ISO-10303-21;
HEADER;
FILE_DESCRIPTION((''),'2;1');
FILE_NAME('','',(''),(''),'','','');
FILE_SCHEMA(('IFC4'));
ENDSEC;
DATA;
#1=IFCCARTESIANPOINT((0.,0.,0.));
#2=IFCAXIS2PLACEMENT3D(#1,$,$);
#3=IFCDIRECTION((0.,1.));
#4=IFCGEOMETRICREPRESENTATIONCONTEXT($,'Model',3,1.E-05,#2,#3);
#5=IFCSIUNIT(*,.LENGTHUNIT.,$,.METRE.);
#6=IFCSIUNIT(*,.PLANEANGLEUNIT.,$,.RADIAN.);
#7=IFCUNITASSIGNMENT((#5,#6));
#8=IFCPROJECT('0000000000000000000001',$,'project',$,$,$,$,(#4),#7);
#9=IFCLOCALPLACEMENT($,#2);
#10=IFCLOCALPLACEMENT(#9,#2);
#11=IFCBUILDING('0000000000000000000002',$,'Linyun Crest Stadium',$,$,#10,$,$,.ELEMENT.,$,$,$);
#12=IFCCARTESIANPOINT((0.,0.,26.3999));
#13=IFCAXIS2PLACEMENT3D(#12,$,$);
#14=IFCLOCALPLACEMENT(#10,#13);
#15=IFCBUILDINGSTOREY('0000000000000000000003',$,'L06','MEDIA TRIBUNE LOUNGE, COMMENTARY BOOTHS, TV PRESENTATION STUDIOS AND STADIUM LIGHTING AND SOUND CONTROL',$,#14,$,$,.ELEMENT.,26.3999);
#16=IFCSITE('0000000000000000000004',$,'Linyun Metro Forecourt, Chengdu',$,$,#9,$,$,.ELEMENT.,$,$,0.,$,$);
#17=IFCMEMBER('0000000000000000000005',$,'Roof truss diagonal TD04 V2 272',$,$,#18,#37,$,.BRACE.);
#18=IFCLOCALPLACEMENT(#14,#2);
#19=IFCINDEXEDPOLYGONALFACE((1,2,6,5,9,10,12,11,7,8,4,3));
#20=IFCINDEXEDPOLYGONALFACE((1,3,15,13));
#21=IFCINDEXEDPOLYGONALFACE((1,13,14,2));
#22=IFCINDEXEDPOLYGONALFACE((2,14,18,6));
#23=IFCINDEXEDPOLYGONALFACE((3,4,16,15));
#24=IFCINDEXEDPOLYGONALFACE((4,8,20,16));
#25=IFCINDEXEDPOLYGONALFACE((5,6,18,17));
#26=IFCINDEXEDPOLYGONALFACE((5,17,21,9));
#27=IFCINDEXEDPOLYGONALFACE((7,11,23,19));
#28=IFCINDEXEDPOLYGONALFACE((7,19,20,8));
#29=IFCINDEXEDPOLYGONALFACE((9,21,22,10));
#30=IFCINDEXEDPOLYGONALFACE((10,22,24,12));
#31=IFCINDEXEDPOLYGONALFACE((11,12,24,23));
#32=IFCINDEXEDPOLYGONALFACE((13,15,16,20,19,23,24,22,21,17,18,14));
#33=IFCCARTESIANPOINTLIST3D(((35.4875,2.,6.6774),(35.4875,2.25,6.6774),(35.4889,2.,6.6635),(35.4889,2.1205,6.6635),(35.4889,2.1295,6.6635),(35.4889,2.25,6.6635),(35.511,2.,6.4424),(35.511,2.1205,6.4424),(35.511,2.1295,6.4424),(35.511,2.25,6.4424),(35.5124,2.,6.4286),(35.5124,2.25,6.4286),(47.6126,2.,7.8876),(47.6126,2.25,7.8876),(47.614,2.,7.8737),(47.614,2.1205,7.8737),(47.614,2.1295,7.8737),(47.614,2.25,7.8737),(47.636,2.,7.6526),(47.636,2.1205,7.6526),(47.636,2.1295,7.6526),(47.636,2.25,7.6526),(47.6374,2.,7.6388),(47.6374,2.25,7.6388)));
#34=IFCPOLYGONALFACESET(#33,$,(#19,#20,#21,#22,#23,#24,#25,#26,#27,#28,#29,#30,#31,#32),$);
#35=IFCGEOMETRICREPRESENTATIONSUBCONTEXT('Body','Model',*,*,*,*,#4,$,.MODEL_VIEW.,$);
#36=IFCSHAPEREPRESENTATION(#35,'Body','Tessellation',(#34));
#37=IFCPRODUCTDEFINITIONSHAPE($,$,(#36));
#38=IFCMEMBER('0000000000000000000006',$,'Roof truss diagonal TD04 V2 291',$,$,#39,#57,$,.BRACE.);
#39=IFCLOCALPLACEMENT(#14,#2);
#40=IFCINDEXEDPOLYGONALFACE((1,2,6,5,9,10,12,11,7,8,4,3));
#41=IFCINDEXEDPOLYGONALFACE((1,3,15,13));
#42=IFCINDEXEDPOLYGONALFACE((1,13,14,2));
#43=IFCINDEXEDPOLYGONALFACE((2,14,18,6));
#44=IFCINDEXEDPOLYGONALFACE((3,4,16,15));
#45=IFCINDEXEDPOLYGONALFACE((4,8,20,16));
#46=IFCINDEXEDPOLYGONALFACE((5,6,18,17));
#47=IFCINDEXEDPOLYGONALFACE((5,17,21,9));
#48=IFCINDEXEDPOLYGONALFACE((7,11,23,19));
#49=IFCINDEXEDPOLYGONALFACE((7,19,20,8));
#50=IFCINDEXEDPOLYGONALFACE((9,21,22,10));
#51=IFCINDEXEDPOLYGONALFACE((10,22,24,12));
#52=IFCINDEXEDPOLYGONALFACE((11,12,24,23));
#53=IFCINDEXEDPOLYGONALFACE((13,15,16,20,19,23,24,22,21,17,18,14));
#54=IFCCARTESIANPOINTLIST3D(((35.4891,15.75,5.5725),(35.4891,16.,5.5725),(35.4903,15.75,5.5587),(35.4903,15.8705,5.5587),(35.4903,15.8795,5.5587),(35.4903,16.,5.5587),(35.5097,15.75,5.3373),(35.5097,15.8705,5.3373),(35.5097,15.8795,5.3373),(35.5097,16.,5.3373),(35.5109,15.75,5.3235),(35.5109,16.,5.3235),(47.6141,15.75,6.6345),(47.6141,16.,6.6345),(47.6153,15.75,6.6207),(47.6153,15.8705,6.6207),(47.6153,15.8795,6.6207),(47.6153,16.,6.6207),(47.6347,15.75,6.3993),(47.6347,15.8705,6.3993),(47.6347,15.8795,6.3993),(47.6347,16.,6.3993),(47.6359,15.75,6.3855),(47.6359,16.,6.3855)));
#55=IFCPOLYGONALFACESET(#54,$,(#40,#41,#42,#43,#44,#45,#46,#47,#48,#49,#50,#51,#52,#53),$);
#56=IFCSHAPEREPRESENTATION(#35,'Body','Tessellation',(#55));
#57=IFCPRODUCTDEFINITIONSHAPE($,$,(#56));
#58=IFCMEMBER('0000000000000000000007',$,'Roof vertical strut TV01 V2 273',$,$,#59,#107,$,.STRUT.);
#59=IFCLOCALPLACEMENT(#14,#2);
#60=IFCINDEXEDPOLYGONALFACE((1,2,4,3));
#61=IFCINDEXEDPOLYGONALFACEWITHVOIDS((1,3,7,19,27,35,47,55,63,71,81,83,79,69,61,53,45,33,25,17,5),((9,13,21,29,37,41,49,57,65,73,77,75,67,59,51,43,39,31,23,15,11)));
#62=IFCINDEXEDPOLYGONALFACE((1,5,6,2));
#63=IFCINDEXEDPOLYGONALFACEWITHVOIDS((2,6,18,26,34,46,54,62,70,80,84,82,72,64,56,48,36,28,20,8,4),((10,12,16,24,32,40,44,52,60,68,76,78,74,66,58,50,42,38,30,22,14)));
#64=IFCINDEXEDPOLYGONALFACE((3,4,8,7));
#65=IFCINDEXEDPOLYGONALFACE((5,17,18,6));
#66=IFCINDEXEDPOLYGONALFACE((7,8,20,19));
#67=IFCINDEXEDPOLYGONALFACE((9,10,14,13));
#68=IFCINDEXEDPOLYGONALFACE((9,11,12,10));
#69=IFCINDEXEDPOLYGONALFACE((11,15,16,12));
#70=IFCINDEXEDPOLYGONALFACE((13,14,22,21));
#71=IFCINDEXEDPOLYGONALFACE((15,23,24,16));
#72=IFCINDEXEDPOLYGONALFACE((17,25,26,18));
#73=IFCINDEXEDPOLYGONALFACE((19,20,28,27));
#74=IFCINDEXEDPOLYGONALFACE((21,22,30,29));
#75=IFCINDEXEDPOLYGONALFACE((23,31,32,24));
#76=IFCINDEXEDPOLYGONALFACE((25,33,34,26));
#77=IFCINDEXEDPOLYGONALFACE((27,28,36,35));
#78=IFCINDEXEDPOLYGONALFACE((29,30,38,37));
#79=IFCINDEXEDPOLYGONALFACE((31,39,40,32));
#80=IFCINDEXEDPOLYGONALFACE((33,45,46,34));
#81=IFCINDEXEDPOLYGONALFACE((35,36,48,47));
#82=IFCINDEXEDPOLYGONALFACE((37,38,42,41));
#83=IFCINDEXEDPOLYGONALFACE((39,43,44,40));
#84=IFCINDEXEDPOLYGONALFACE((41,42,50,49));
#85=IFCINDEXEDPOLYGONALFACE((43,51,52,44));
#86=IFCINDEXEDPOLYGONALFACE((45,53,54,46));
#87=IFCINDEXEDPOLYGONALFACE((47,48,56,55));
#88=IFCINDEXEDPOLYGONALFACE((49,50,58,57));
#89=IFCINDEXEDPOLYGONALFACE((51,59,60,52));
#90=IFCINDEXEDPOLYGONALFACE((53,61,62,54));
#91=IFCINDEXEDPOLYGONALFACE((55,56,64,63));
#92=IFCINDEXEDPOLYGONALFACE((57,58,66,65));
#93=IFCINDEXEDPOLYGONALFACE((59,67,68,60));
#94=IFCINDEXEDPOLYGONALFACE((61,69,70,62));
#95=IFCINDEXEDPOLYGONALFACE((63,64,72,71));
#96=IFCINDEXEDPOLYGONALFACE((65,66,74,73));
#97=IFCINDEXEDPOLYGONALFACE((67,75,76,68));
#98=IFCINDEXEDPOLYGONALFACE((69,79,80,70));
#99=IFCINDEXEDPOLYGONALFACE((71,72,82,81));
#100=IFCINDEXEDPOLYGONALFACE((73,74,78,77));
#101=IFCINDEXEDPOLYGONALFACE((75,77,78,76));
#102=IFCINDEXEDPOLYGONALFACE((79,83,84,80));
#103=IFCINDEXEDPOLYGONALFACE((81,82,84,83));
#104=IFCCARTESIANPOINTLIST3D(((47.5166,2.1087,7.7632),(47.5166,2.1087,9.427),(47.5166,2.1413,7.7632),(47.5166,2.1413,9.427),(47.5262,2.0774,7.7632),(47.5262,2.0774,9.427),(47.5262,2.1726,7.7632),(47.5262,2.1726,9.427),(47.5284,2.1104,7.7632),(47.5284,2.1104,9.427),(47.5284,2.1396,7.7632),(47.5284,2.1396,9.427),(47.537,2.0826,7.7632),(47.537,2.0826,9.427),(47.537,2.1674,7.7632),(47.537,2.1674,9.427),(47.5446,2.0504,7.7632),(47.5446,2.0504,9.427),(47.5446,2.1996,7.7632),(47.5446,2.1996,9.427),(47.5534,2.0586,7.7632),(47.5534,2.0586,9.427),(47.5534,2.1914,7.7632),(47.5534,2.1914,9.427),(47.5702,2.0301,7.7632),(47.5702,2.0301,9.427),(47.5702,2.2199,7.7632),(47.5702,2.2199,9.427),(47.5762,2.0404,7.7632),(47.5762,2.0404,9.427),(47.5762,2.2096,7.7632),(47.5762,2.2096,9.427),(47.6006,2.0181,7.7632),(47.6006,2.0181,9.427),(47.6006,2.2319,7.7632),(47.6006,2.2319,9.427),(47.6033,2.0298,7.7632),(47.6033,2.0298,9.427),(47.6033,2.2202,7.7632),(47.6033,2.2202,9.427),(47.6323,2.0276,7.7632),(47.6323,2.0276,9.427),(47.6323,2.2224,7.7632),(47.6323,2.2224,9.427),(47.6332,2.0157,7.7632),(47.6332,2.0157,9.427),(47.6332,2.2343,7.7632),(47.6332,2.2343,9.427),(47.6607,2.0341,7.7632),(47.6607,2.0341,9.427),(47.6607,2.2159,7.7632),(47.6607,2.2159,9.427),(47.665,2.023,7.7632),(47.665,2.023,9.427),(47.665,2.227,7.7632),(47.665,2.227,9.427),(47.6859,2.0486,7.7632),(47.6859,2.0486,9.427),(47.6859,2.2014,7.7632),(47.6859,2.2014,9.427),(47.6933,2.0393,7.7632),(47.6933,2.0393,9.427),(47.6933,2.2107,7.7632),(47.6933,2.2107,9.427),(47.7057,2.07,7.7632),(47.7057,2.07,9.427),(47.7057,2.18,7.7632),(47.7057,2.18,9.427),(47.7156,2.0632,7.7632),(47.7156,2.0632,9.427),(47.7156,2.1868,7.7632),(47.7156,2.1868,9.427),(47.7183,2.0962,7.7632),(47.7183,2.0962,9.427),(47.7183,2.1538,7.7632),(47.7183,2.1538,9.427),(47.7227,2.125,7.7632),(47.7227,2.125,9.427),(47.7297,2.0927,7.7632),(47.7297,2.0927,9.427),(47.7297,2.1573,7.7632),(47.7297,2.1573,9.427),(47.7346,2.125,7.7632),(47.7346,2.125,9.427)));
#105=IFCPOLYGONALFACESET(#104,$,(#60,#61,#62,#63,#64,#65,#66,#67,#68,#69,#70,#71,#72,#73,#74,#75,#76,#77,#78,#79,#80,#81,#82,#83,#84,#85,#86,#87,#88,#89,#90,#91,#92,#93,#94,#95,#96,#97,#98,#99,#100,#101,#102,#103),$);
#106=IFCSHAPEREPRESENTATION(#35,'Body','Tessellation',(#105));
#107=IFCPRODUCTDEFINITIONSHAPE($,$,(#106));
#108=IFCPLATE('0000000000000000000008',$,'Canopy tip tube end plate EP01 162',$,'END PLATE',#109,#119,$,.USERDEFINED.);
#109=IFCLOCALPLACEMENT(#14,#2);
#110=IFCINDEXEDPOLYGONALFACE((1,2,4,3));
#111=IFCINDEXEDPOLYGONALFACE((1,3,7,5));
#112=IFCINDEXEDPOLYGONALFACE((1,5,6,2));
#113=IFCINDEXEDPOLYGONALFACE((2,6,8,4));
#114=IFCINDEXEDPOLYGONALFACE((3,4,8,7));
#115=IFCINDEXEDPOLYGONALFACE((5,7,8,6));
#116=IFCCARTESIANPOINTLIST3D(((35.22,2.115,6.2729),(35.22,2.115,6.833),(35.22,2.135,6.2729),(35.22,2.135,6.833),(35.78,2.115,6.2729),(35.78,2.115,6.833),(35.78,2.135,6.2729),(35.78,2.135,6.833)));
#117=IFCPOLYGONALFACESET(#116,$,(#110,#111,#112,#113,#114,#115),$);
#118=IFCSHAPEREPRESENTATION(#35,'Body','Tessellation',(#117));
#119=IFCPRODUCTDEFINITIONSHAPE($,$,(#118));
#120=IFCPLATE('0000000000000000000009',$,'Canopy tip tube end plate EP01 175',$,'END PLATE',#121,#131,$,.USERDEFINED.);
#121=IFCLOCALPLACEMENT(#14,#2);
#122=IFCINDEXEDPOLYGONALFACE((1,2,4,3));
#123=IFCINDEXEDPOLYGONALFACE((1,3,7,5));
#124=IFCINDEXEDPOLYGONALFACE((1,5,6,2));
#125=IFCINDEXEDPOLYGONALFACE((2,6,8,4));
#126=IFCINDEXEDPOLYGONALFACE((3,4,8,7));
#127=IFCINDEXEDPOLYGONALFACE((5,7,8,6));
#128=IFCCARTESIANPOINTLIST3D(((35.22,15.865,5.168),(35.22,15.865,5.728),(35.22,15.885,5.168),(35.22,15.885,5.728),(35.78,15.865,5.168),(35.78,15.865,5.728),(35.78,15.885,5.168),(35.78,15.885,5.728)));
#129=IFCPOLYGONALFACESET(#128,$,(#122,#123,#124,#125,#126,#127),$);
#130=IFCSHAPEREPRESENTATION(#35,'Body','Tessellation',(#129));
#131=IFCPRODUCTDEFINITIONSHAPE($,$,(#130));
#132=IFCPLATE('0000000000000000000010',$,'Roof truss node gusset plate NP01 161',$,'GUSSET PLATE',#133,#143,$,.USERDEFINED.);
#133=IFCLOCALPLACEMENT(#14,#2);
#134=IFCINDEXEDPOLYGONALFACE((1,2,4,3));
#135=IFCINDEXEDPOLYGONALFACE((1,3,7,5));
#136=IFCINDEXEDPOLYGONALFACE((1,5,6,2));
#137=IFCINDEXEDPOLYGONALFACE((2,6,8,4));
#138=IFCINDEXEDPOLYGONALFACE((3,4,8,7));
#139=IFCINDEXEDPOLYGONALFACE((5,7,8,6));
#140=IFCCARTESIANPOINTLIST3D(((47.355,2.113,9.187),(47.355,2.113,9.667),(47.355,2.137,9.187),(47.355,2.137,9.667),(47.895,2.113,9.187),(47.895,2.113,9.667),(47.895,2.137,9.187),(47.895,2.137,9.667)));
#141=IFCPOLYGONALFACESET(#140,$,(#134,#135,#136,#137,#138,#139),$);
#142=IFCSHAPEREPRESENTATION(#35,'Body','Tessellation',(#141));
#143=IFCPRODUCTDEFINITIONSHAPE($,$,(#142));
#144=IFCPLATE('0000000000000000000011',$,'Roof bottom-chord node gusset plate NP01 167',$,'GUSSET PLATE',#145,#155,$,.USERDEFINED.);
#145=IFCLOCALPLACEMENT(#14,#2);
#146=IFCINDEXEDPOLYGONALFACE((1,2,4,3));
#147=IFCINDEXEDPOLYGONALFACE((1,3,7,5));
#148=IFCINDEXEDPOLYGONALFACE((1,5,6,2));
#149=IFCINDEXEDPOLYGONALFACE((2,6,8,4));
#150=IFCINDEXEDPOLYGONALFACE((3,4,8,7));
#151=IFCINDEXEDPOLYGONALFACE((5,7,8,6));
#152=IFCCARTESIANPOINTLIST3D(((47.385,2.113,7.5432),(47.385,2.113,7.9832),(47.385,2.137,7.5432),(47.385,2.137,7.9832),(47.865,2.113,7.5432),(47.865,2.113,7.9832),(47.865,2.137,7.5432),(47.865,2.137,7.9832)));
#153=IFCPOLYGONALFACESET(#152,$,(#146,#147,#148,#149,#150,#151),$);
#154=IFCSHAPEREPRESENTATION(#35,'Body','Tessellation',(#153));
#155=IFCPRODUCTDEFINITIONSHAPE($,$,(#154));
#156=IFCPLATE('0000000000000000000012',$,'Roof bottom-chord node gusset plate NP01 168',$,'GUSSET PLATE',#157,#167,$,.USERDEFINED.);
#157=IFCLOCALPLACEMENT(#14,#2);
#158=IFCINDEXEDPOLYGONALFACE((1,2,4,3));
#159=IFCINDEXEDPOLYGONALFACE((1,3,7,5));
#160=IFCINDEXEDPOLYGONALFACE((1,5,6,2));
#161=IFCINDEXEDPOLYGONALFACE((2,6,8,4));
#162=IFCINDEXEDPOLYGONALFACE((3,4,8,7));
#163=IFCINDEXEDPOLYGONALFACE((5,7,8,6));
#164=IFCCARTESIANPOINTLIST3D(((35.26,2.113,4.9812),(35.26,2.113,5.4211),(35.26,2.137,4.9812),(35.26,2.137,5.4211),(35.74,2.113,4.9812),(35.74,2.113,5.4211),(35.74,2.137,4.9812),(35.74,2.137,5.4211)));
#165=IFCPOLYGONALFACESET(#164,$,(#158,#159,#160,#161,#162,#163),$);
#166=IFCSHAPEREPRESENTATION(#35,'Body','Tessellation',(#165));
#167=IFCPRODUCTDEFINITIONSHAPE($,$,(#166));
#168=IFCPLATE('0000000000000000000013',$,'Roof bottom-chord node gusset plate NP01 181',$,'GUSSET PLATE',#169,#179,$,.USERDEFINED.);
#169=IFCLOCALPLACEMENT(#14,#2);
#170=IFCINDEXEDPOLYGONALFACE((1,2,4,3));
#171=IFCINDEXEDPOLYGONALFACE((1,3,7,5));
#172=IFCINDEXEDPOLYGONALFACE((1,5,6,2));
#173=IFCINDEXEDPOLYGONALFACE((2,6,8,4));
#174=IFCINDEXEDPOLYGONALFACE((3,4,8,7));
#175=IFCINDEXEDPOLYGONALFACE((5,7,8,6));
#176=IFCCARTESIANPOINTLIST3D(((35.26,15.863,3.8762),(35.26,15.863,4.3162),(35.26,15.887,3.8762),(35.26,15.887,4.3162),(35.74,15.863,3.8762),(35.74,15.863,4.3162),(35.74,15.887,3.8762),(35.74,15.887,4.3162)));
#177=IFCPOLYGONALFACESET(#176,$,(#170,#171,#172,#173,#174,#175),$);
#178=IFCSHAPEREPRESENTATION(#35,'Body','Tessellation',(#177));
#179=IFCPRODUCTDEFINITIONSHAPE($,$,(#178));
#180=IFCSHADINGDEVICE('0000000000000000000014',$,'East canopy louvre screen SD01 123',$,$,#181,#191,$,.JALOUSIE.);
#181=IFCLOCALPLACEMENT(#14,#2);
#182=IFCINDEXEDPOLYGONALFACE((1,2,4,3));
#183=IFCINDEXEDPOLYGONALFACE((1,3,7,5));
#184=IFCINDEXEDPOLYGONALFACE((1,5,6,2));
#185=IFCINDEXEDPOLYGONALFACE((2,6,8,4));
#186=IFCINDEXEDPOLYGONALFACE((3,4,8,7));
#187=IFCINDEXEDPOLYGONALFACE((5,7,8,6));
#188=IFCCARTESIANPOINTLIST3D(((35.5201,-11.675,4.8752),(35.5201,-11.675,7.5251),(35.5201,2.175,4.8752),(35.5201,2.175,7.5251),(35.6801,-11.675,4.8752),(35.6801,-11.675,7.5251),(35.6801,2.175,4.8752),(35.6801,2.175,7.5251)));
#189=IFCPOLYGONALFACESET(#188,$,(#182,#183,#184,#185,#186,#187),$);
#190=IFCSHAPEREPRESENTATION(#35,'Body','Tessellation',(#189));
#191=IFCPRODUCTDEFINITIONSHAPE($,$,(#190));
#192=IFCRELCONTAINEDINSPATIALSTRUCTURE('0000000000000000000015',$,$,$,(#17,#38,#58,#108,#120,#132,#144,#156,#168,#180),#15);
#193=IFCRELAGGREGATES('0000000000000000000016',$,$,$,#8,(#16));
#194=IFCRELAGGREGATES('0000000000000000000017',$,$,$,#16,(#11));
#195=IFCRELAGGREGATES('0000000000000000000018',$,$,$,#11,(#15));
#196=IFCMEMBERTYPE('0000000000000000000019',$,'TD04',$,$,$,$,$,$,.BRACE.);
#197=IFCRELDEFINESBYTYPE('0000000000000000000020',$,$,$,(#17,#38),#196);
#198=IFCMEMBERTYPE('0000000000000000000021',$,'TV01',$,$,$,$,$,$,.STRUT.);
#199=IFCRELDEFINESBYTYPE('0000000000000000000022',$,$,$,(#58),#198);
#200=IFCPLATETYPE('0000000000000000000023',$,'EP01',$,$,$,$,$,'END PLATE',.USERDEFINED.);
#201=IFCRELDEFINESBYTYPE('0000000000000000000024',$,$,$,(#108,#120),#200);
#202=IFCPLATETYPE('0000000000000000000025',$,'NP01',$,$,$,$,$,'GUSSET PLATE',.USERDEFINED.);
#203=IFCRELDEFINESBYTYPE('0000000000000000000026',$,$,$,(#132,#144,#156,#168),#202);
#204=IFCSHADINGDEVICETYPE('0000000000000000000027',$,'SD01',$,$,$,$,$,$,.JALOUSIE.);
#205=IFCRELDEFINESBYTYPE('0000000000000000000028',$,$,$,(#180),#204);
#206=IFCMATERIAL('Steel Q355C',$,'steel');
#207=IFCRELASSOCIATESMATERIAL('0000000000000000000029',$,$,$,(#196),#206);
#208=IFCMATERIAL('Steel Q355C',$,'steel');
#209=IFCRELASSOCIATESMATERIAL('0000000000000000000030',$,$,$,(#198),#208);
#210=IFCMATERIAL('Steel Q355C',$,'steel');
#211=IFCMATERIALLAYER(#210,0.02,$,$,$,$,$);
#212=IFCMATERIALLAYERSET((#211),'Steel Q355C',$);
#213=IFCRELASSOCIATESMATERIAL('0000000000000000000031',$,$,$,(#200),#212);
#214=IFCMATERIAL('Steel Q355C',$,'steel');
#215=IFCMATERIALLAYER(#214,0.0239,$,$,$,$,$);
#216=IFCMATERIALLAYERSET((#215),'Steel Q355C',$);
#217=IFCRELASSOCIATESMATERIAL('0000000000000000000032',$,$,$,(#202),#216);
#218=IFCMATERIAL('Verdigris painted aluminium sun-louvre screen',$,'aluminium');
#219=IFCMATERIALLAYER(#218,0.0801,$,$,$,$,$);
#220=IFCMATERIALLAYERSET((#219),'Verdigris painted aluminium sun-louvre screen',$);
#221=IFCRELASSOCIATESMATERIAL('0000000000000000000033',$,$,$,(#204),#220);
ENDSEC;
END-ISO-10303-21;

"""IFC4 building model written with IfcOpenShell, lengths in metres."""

from ifc_helpers import new_model, si_unit, direction, frame, origin, origin_2d, place, context, subcontext, project, spatial, rectangle, hollow_circle, i_section, extrude, material, layer, layer_set, material_profile, profile_set, type_object, element, save


model = new_model("IFC4")

# Units and contexts
model_context = context("Model", 3, precision=1e-05, world=origin(), true_north=direction((0.0, 1.0)))
body_context = subcontext(model_context, "Body", "Model", "MODEL_VIEW")
ifc_project = project(units=[si_unit("LENGTHUNIT", "METRE"), si_unit("PLANEANGLEUNIT", "RADIAN")], contexts=[model_context])

# Site, building, storey
site_placement = place(None, origin())
site = spatial("IfcSite", under=ifc_project, at=site_placement, Name="Linyun Metro Forecourt, Chengdu", CompositionType="ELEMENT", RefElevation=0.0)
building_placement = place(site_placement, origin())
building = spatial("IfcBuilding", under=site, at=building_placement, Name="Linyun Crest Stadium", CompositionType="ELEMENT")
storey_placement = place(building_placement, frame((0.0, 0.0, 26.3999)))
storey = spatial("IfcBuildingStorey", under=building, at=storey_placement, Name="L06", Description="MEDIA TRIBUNE LOUNGE, COMMENTARY BOOTHS, TV PRESENTATION STUDIOS AND STADIUM LIGHTING AND SOUND CONTROL", CompositionType="ELEMENT", Elevation=26.3999)

# Members
ifc_material_1 = material(Name="Steel Q355C", Category="steel")
ifc_material_profile_1 = material_profile(ifc_material_1, i_section(OverallWidth=0.25, OverallDepth=0.25, WebThickness=0.009, FlangeThickness=0.0139, at=origin_2d()), Name="HW 250x250")
ifc_profile_set_1 = profile_set([ifc_material_profile_1], Name="Steel Q355C")
member_type_1 = type_object("IfcMemberType", Name="TD04", PredefinedType="BRACE", material=ifc_profile_set_1)
member_1_placement = place(storey_placement, frame((47.625, 2.125, 7.7632), z_axis=(-0.995056, 0.0, -0.099317), x_axis=(0.0, -1.0, 0.0)))
element("IfcMember", 1, at=member_1_placement, inside=storey, type_object=member_type_1, Name="Roof truss diagonal TD04 V2 272", PredefinedType="BRACE", context=body_context, shape_type="SweptSolid", body=[
    extrude(i_section(OverallWidth=0.25, OverallDepth=0.25, WebThickness=0.009, FlangeThickness=0.0139, at=origin_2d()), origin(), (0.0, 0.0, 1.0), 12.1853),
])
member_2_placement = place(storey_placement, frame((47.625, 15.875, 6.51), z_axis=(-0.996186, 0.0, -0.087255), x_axis=(0.0, -1.0, 0.0)))
element("IfcMember", 2, at=member_2_placement, inside=storey, type_object=member_type_1, Name="Roof truss diagonal TD04 V2 291", PredefinedType="BRACE", context=body_context, shape_type="SweptSolid", body=[
    extrude(i_section(OverallWidth=0.25, OverallDepth=0.25, WebThickness=0.009, FlangeThickness=0.0139, at=origin_2d()), origin(), (0.0, 0.0, 1.0), 12.1714),
])
ifc_material_2 = material(Name="Steel Q355C", Category="steel")
ifc_material_profile_2 = material_profile(ifc_material_2, hollow_circle(Radius=0.1096, WallThickness=0.012, at=origin_2d()), Name="CHS 219x12")
ifc_profile_set_2 = profile_set([ifc_material_profile_2], Name="Steel Q355C")
member_type_2 = type_object("IfcMemberType", Name="TV01", PredefinedType="STRUT", material=ifc_profile_set_2)
member_3_placement = place(storey_placement, frame((47.625, 2.125, 7.7632), z_axis=(0.0, 0.0, 1.0), x_axis=(1.0, 0.0, 0.0)))
element("IfcMember", 3, at=member_3_placement, inside=storey, type_object=member_type_2, Name="Roof vertical strut TV01 V2 273", PredefinedType="STRUT", context=body_context, shape_type="SweptSolid", body=[
    extrude(hollow_circle(Radius=0.1096, WallThickness=0.012, at=origin_2d()), origin(), (0.0, 0.0, 1.0), 1.6638),
])

# Plates
ifc_material_3 = material(Name="Steel Q355C", Category="steel")
ifc_layer_1 = layer(ifc_material_3, 0.02)
ifc_layer_set_1 = layer_set([ifc_layer_1], Name="Steel Q355C")
plate_type_1 = type_object("IfcPlateType", Name="EP01", ElementType="END PLATE", PredefinedType="USERDEFINED", material=ifc_layer_set_1)
for number, where, z_axis, x_axis, name in (
    (4, (35.5, 2.125, 6.2729), (0.0, 0.0, 1.0), (1.0, 0.0, 0.0), "Canopy tip tube end plate EP01 162"),
    (5, (35.5, 15.875, 5.168), (0.0, 0.0, 1.0), (1.0, 0.0, 0.0), "Canopy tip tube end plate EP01 175"),
):
    element("IfcPlate", number, at=place(storey_placement, frame(where, z_axis=z_axis, x_axis=x_axis)), inside=storey, type_object=plate_type_1, Name=name, ObjectType="END PLATE", PredefinedType="USERDEFINED", context=body_context, shape_type="SweptSolid", body=[
        extrude(rectangle(XDim=0.5601, YDim=0.02, at=origin_2d()), origin(), (0.0, 0.0, 1.0), 0.5601),
    ])
ifc_material_4 = material(Name="Steel Q355C", Category="steel")
ifc_layer_2 = layer(ifc_material_4, 0.0239)
ifc_layer_set_2 = layer_set([ifc_layer_2], Name="Steel Q355C")
plate_type_2 = type_object("IfcPlateType", Name="NP01", ElementType="GUSSET PLATE", PredefinedType="USERDEFINED", material=ifc_layer_set_2)
plate_placement = place(storey_placement, frame((47.625, 2.125, 9.187), z_axis=(0.0, 0.0, 1.0), x_axis=(1.0, 0.0, 0.0)))
element("IfcPlate", 6, at=plate_placement, inside=storey, type_object=plate_type_2, Name="Roof truss node gusset plate NP01 161", ObjectType="GUSSET PLATE", PredefinedType="USERDEFINED", context=body_context, shape_type="SweptSolid", body=[
    extrude(rectangle(XDim=0.54, YDim=0.0239, at=origin_2d()), origin(), (0.0, 0.0, 1.0), 0.48),
])
for number, where, z_axis, x_axis, name in (
    (7, (47.625, 2.125, 7.5432), (0.0, 0.0, 1.0), (1.0, 0.0, 0.0), "Roof bottom-chord node gusset plate NP01 167"),
    (8, (35.5, 2.125, 4.9812), (0.0, 0.0, 1.0), (1.0, 0.0, 0.0), "Roof bottom-chord node gusset plate NP01 168"),
    (9, (35.5, 15.875, 3.8762), (0.0, 0.0, 1.0), (1.0, 0.0, 0.0), "Roof bottom-chord node gusset plate NP01 181"),
):
    element("IfcPlate", number, at=place(storey_placement, frame(where, z_axis=z_axis, x_axis=x_axis)), inside=storey, type_object=plate_type_2, Name=name, ObjectType="GUSSET PLATE", PredefinedType="USERDEFINED", context=body_context, shape_type="SweptSolid", body=[
        extrude(rectangle(XDim=0.48, YDim=0.0239, at=origin_2d()), origin(), (0.0, 0.0, 1.0), 0.4399),
    ])

# Shading device
ifc_material_5 = material(Name="Verdigris painted aluminium sun-louvre screen", Category="aluminium")
ifc_layer_3 = layer(ifc_material_5, 0.0801)
ifc_layer_set_3 = layer_set([ifc_layer_3], Name="Verdigris painted aluminium sun-louvre screen")
shading_device_type = type_object("IfcShadingDeviceType", Name="SD01", PredefinedType="JALOUSIE", material=ifc_layer_set_3)
for number, where, z_axis, x_axis, name in (
    (10, (35.6001, -4.75, 4.8752), (0.0, 0.0, 1.0), (1.0, 0.0, 0.0), "East canopy louvre screen SD01 123"),
):
    element("IfcShadingDevice", number, at=place(storey_placement, frame(where, z_axis=z_axis, x_axis=x_axis)), inside=storey, type_object=shading_device_type, Name=name, PredefinedType="JALOUSIE", context=body_context, shape_type="SweptSolid", body=[
        extrude(rectangle(XDim=0.1599, YDim=13.8501, at=origin_2d()), origin(), (0.0, 0.0, 1.0), 2.6499),
    ])

save(model, "model.ifc")
